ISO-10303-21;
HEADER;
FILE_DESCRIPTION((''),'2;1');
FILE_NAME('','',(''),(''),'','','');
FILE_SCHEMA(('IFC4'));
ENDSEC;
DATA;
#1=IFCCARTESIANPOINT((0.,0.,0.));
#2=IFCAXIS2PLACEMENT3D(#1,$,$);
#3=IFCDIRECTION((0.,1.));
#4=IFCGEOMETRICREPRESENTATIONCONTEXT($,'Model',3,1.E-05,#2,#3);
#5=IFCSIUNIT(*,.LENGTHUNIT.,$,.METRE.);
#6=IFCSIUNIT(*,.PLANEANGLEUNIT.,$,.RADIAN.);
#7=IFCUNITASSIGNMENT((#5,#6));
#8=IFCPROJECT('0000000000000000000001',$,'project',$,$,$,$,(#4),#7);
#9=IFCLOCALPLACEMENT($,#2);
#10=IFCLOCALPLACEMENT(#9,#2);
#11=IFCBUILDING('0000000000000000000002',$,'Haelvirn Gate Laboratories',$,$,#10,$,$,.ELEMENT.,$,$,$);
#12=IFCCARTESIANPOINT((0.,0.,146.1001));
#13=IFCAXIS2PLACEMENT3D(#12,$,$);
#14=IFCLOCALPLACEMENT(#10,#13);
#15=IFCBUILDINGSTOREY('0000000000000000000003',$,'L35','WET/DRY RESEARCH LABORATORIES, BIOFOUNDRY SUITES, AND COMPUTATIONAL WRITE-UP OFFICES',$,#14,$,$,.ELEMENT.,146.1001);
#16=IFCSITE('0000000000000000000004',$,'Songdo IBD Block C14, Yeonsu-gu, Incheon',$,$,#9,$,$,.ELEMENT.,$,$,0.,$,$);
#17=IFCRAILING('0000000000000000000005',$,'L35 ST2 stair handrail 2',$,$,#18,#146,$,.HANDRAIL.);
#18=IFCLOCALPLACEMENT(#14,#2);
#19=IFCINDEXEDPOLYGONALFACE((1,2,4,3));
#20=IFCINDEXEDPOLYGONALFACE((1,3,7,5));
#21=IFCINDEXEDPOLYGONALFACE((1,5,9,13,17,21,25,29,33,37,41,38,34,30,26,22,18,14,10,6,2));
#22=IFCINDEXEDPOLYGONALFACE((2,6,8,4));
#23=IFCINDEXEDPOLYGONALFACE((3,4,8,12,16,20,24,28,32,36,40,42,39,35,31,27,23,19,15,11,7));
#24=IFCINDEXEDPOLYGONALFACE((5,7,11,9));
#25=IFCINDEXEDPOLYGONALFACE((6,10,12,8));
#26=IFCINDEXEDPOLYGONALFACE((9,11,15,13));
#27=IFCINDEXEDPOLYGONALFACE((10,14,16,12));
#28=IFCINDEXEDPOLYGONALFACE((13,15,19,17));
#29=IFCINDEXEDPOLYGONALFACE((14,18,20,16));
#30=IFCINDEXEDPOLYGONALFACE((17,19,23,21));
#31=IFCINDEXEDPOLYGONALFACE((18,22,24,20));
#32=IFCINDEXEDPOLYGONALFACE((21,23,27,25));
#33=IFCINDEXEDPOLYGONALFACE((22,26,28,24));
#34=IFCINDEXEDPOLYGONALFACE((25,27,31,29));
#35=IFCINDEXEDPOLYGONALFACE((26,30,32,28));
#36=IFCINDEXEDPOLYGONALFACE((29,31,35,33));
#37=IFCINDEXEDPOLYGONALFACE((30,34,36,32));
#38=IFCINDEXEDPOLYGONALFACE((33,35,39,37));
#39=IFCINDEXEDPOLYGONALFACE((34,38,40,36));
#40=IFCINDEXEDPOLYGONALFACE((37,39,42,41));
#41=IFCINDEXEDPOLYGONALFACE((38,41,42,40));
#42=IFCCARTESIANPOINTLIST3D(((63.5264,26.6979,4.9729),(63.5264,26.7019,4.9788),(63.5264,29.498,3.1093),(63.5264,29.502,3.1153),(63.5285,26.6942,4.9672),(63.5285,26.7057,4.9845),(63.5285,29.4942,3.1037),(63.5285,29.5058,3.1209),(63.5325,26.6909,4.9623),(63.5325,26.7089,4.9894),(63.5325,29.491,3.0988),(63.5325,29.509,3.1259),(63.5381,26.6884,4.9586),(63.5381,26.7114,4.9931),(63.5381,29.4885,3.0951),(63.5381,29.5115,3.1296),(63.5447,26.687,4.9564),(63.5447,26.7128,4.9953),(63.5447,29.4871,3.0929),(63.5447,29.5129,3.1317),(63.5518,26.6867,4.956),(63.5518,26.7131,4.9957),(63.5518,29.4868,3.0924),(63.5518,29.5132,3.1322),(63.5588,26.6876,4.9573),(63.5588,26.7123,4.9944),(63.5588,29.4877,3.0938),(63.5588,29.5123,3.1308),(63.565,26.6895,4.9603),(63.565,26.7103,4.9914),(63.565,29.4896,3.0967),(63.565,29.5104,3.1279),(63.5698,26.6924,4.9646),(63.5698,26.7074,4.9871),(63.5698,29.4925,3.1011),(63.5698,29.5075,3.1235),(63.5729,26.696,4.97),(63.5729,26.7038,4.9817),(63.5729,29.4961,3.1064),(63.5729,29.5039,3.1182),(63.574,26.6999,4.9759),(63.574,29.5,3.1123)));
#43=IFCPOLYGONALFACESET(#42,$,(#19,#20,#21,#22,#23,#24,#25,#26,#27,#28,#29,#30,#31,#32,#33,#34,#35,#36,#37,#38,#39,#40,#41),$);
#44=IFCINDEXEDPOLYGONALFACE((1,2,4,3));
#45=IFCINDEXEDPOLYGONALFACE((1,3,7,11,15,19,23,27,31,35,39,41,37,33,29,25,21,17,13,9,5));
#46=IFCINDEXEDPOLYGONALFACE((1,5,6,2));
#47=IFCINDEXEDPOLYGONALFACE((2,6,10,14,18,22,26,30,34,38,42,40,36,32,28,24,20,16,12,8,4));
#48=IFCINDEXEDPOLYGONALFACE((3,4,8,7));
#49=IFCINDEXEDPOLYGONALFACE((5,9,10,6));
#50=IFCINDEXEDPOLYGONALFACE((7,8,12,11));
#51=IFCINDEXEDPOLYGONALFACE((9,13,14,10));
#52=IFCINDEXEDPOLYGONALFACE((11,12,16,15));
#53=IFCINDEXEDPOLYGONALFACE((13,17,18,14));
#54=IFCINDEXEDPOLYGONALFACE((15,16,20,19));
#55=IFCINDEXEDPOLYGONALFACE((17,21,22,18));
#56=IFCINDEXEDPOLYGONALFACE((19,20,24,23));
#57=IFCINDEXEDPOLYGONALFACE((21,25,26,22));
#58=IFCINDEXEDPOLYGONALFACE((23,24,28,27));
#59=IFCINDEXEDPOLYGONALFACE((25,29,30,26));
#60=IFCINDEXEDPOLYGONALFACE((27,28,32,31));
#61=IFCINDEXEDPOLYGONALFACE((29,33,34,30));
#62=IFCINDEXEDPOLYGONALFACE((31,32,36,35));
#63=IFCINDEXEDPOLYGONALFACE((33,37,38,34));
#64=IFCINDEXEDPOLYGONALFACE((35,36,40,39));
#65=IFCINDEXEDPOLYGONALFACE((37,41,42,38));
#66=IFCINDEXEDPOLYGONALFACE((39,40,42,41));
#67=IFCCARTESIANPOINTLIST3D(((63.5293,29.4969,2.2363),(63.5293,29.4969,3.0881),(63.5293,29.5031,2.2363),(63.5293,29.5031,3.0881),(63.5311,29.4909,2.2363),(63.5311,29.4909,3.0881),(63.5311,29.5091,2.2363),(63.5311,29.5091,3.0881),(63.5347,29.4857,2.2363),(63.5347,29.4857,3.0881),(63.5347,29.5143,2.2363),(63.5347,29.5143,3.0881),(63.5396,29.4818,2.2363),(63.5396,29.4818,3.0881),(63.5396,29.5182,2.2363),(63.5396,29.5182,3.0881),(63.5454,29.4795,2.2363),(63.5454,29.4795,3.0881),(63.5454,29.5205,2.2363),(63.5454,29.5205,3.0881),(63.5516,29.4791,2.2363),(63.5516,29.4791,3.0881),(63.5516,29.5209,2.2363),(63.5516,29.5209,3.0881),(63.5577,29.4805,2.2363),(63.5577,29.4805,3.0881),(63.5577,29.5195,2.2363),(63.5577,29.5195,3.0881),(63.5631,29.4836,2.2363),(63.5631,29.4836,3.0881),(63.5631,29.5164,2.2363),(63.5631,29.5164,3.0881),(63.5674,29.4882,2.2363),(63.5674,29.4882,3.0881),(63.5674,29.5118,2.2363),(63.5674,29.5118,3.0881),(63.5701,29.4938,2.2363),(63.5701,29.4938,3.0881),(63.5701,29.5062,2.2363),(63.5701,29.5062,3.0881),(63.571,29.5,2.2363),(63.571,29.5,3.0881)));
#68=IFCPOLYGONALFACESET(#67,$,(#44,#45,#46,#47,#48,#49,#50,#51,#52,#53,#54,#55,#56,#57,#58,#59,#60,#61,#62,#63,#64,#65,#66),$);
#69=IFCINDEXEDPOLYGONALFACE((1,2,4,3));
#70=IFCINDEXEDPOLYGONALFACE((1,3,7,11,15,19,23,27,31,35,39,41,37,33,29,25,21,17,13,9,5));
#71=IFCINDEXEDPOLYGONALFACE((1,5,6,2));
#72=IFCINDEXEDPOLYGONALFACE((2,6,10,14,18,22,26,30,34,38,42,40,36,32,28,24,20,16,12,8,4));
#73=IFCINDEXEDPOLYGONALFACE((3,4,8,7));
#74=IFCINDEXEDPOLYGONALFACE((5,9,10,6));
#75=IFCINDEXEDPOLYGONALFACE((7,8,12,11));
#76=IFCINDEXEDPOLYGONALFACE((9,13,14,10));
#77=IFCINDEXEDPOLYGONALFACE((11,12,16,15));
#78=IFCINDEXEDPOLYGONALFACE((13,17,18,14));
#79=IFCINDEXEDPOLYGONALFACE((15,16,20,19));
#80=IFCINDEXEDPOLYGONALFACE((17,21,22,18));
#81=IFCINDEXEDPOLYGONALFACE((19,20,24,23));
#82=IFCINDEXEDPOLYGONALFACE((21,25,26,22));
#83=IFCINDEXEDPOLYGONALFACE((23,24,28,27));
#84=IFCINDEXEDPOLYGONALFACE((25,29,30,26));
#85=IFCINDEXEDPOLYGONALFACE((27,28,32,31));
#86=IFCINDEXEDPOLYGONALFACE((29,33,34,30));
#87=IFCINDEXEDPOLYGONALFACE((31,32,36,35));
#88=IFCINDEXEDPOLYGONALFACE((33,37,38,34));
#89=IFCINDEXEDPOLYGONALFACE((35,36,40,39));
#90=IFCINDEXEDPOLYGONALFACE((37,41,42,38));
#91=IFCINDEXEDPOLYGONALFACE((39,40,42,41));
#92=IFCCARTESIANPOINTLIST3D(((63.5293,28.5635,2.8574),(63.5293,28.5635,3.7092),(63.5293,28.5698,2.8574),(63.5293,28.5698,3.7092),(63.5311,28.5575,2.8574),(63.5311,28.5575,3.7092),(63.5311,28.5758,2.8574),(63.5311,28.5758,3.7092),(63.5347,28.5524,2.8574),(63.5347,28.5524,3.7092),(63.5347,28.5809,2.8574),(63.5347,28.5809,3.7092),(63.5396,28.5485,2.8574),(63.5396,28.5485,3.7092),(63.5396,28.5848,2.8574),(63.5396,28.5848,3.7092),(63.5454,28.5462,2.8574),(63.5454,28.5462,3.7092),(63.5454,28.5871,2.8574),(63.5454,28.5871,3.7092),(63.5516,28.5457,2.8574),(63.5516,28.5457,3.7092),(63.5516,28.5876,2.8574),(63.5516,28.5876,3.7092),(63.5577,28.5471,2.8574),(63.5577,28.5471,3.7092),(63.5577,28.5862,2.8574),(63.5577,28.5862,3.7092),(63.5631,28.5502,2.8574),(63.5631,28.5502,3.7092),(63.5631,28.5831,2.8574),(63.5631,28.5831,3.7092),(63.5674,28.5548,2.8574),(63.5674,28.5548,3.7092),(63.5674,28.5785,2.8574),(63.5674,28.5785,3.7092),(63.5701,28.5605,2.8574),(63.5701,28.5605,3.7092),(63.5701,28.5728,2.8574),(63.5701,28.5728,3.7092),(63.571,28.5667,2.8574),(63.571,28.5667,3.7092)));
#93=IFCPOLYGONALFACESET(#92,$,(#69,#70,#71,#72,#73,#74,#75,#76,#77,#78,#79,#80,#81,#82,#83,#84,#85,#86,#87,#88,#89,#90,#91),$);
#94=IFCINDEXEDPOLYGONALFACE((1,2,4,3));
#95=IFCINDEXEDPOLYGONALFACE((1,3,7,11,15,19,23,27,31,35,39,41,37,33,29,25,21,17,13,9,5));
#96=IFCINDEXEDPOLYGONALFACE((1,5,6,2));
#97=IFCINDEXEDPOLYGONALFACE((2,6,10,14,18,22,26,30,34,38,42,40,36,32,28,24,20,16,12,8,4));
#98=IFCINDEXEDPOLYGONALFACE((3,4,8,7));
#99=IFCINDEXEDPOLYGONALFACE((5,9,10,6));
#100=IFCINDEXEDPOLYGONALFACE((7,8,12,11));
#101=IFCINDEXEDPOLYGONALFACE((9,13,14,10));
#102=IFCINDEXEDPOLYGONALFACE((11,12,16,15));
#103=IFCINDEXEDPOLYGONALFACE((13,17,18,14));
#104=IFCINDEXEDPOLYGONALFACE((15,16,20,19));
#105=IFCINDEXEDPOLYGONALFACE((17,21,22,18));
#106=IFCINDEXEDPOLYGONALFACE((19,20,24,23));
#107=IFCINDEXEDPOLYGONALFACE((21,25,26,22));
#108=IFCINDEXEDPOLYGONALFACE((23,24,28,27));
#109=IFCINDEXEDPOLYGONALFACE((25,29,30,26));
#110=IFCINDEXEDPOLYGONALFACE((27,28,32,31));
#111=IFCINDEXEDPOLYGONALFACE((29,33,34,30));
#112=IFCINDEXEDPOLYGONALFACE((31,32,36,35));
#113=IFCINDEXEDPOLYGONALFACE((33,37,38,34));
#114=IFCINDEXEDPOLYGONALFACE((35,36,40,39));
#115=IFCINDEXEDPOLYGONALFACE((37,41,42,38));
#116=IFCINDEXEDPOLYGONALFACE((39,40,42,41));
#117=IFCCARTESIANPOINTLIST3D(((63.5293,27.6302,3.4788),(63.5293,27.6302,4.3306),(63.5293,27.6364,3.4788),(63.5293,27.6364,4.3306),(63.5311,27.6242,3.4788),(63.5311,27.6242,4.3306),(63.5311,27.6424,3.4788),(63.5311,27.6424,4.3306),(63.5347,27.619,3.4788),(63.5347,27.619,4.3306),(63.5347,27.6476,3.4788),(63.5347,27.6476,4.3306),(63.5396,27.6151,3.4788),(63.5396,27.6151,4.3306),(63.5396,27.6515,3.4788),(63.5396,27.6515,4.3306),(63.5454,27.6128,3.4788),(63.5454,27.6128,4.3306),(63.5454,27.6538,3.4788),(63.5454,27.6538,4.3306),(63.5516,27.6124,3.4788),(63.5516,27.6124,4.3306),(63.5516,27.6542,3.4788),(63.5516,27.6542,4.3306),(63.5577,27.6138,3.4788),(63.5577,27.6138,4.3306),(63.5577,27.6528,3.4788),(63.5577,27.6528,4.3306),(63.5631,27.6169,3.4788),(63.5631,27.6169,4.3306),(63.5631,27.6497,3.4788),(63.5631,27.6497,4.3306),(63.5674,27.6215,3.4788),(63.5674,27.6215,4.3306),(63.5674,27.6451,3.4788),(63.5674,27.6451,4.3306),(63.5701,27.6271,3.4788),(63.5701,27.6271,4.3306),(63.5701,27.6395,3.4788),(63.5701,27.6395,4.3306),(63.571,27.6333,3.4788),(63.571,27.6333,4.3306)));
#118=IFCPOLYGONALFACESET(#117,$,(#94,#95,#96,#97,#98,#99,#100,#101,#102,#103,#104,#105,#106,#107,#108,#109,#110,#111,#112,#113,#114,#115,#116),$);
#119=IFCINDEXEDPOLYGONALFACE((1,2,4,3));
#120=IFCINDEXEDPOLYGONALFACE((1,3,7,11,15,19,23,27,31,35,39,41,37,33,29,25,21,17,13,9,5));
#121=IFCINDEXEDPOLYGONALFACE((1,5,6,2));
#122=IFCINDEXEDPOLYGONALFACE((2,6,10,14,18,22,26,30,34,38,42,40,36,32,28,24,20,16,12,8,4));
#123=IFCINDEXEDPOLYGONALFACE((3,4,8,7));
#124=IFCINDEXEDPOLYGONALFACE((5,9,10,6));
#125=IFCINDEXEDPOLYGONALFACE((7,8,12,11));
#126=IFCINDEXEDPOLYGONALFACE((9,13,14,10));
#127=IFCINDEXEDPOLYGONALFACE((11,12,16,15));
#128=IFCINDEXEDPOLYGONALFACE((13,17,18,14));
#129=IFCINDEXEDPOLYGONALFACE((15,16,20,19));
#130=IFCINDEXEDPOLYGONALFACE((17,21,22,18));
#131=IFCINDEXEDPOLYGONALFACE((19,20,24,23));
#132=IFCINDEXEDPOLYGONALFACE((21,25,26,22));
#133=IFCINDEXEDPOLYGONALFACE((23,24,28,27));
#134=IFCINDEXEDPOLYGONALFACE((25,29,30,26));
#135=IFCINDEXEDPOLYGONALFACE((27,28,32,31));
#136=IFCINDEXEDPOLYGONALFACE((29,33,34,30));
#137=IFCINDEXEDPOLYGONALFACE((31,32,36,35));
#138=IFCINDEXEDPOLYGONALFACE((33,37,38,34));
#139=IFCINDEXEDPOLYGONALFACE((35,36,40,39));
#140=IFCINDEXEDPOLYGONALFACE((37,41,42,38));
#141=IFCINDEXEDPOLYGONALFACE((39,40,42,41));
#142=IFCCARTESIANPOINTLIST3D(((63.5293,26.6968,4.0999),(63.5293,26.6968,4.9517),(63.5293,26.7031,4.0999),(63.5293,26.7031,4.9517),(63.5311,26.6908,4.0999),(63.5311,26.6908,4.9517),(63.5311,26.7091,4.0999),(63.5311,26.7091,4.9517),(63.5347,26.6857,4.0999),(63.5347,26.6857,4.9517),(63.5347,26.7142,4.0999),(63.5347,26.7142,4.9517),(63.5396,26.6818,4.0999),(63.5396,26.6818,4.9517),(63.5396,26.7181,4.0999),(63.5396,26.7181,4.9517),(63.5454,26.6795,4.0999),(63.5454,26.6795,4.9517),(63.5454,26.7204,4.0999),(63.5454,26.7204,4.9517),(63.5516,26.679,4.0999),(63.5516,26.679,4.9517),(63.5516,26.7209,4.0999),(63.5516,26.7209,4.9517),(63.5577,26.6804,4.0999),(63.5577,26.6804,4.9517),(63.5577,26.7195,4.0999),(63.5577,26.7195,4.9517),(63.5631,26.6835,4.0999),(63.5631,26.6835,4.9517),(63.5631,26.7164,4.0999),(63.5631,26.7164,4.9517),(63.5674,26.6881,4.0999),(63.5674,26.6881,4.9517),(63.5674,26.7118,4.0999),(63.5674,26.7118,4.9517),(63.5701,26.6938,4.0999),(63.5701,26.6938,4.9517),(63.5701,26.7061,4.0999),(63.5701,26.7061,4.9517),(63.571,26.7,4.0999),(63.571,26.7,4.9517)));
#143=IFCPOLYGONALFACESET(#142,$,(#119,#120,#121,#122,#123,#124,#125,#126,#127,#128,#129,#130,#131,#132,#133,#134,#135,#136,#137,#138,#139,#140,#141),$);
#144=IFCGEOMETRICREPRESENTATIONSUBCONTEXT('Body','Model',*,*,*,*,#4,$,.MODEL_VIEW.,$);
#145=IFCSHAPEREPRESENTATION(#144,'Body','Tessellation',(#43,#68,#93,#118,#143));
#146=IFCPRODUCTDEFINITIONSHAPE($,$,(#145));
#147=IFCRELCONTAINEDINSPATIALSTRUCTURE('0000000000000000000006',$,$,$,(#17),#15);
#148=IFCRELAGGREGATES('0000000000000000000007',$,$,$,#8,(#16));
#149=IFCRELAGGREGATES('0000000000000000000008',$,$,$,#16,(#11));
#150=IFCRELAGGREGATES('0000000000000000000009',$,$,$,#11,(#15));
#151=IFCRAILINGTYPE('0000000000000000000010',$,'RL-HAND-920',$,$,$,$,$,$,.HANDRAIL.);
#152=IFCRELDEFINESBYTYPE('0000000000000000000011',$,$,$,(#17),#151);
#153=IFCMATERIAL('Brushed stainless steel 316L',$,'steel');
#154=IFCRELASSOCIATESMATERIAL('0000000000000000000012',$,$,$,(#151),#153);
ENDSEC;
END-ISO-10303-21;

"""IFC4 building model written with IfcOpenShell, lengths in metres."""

from ifc_helpers import new_model, si_unit, direction, frame, origin, origin_2d, place, context, subcontext, project, spatial, circle, extrude, source, transform, mapped, material, type_object, element, save


model = new_model("IFC4")

# Units and contexts
model_context = context("Model", 3, precision=1e-05, world=origin(), true_north=direction((0.0, 1.0)))
body_context = subcontext(model_context, "Body", "Model", "MODEL_VIEW")
ifc_project = project(units=[si_unit("LENGTHUNIT", "METRE"), si_unit("PLANEANGLEUNIT", "RADIAN")], contexts=[model_context])

# Site, building, storey
site_placement = place(None, origin())
site = spatial("IfcSite", under=ifc_project, at=site_placement, Name="Songdo IBD Block C14, Yeonsu-gu, Incheon", CompositionType="ELEMENT", RefElevation=0.0)
building_placement = place(site_placement, origin())
building = spatial("IfcBuilding", under=site, at=building_placement, Name="Haelvirn Gate Laboratories", CompositionType="ELEMENT")
storey_placement = place(building_placement, frame((0.0, 0.0, 146.1001)))
storey = spatial("IfcBuildingStorey", under=building, at=storey_placement, Name="L35", Description="WET/DRY RESEARCH LABORATORIES, BIOFOUNDRY SUITES, AND COMPUTATIONAL WRITE-UP OFFICES", CompositionType="ELEMENT", Elevation=146.1001)

# Railing
ifc_material_1 = material(Name="Brushed stainless steel 316L", Category="steel")
railing_type_1 = type_object("IfcRailingType", Name="RL-HAND-920", PredefinedType="HANDRAIL", material=ifc_material_1)
shared_shape_1 = source(origin(), body_context, "Body", "SweptSolid", [
    extrude(circle(Radius=0.0239, at=origin_2d()), frame((0.0, 0.0, 0.876), z_axis=(0.0, -0.832486, 0.554047), x_axis=(1.0, 0.0, 0.0)), (0.0, 0.0, 1.0), 3.3635),
    extrude(circle(Radius=0.021, at=origin_2d()), origin(), (0.0, 0.0, 1.0), 0.8518),
    extrude(circle(Radius=0.021, at=origin_2d()), frame((0.0, -0.9333, 0.6211)), (0.0, 0.0, 1.0), 0.8518),
    extrude(circle(Radius=0.021, at=origin_2d()), frame((0.0, -1.8667, 1.2424)), (0.0, 0.0, 1.0), 0.8518),
    extrude(circle(Radius=0.021, at=origin_2d()), frame((0.0, -2.8, 1.8635)), (0.0, 0.0, 1.0), 0.8518),
])
railing_1_placement = place(storey_placement, frame((63.55, 29.5, 2.2363)))
element("IfcRailing", 1, at=railing_1_placement, inside=storey, type_object=railing_type_1, Name="L35 ST2 stair handrail 2", PredefinedType="HANDRAIL", context=body_context, shape_type="MappedRepresentation", body=[
    mapped(shared_shape_1, transform((0.0, 0.0, 0.0), scale=1.0)),
])

save(model, "model.ifc")
